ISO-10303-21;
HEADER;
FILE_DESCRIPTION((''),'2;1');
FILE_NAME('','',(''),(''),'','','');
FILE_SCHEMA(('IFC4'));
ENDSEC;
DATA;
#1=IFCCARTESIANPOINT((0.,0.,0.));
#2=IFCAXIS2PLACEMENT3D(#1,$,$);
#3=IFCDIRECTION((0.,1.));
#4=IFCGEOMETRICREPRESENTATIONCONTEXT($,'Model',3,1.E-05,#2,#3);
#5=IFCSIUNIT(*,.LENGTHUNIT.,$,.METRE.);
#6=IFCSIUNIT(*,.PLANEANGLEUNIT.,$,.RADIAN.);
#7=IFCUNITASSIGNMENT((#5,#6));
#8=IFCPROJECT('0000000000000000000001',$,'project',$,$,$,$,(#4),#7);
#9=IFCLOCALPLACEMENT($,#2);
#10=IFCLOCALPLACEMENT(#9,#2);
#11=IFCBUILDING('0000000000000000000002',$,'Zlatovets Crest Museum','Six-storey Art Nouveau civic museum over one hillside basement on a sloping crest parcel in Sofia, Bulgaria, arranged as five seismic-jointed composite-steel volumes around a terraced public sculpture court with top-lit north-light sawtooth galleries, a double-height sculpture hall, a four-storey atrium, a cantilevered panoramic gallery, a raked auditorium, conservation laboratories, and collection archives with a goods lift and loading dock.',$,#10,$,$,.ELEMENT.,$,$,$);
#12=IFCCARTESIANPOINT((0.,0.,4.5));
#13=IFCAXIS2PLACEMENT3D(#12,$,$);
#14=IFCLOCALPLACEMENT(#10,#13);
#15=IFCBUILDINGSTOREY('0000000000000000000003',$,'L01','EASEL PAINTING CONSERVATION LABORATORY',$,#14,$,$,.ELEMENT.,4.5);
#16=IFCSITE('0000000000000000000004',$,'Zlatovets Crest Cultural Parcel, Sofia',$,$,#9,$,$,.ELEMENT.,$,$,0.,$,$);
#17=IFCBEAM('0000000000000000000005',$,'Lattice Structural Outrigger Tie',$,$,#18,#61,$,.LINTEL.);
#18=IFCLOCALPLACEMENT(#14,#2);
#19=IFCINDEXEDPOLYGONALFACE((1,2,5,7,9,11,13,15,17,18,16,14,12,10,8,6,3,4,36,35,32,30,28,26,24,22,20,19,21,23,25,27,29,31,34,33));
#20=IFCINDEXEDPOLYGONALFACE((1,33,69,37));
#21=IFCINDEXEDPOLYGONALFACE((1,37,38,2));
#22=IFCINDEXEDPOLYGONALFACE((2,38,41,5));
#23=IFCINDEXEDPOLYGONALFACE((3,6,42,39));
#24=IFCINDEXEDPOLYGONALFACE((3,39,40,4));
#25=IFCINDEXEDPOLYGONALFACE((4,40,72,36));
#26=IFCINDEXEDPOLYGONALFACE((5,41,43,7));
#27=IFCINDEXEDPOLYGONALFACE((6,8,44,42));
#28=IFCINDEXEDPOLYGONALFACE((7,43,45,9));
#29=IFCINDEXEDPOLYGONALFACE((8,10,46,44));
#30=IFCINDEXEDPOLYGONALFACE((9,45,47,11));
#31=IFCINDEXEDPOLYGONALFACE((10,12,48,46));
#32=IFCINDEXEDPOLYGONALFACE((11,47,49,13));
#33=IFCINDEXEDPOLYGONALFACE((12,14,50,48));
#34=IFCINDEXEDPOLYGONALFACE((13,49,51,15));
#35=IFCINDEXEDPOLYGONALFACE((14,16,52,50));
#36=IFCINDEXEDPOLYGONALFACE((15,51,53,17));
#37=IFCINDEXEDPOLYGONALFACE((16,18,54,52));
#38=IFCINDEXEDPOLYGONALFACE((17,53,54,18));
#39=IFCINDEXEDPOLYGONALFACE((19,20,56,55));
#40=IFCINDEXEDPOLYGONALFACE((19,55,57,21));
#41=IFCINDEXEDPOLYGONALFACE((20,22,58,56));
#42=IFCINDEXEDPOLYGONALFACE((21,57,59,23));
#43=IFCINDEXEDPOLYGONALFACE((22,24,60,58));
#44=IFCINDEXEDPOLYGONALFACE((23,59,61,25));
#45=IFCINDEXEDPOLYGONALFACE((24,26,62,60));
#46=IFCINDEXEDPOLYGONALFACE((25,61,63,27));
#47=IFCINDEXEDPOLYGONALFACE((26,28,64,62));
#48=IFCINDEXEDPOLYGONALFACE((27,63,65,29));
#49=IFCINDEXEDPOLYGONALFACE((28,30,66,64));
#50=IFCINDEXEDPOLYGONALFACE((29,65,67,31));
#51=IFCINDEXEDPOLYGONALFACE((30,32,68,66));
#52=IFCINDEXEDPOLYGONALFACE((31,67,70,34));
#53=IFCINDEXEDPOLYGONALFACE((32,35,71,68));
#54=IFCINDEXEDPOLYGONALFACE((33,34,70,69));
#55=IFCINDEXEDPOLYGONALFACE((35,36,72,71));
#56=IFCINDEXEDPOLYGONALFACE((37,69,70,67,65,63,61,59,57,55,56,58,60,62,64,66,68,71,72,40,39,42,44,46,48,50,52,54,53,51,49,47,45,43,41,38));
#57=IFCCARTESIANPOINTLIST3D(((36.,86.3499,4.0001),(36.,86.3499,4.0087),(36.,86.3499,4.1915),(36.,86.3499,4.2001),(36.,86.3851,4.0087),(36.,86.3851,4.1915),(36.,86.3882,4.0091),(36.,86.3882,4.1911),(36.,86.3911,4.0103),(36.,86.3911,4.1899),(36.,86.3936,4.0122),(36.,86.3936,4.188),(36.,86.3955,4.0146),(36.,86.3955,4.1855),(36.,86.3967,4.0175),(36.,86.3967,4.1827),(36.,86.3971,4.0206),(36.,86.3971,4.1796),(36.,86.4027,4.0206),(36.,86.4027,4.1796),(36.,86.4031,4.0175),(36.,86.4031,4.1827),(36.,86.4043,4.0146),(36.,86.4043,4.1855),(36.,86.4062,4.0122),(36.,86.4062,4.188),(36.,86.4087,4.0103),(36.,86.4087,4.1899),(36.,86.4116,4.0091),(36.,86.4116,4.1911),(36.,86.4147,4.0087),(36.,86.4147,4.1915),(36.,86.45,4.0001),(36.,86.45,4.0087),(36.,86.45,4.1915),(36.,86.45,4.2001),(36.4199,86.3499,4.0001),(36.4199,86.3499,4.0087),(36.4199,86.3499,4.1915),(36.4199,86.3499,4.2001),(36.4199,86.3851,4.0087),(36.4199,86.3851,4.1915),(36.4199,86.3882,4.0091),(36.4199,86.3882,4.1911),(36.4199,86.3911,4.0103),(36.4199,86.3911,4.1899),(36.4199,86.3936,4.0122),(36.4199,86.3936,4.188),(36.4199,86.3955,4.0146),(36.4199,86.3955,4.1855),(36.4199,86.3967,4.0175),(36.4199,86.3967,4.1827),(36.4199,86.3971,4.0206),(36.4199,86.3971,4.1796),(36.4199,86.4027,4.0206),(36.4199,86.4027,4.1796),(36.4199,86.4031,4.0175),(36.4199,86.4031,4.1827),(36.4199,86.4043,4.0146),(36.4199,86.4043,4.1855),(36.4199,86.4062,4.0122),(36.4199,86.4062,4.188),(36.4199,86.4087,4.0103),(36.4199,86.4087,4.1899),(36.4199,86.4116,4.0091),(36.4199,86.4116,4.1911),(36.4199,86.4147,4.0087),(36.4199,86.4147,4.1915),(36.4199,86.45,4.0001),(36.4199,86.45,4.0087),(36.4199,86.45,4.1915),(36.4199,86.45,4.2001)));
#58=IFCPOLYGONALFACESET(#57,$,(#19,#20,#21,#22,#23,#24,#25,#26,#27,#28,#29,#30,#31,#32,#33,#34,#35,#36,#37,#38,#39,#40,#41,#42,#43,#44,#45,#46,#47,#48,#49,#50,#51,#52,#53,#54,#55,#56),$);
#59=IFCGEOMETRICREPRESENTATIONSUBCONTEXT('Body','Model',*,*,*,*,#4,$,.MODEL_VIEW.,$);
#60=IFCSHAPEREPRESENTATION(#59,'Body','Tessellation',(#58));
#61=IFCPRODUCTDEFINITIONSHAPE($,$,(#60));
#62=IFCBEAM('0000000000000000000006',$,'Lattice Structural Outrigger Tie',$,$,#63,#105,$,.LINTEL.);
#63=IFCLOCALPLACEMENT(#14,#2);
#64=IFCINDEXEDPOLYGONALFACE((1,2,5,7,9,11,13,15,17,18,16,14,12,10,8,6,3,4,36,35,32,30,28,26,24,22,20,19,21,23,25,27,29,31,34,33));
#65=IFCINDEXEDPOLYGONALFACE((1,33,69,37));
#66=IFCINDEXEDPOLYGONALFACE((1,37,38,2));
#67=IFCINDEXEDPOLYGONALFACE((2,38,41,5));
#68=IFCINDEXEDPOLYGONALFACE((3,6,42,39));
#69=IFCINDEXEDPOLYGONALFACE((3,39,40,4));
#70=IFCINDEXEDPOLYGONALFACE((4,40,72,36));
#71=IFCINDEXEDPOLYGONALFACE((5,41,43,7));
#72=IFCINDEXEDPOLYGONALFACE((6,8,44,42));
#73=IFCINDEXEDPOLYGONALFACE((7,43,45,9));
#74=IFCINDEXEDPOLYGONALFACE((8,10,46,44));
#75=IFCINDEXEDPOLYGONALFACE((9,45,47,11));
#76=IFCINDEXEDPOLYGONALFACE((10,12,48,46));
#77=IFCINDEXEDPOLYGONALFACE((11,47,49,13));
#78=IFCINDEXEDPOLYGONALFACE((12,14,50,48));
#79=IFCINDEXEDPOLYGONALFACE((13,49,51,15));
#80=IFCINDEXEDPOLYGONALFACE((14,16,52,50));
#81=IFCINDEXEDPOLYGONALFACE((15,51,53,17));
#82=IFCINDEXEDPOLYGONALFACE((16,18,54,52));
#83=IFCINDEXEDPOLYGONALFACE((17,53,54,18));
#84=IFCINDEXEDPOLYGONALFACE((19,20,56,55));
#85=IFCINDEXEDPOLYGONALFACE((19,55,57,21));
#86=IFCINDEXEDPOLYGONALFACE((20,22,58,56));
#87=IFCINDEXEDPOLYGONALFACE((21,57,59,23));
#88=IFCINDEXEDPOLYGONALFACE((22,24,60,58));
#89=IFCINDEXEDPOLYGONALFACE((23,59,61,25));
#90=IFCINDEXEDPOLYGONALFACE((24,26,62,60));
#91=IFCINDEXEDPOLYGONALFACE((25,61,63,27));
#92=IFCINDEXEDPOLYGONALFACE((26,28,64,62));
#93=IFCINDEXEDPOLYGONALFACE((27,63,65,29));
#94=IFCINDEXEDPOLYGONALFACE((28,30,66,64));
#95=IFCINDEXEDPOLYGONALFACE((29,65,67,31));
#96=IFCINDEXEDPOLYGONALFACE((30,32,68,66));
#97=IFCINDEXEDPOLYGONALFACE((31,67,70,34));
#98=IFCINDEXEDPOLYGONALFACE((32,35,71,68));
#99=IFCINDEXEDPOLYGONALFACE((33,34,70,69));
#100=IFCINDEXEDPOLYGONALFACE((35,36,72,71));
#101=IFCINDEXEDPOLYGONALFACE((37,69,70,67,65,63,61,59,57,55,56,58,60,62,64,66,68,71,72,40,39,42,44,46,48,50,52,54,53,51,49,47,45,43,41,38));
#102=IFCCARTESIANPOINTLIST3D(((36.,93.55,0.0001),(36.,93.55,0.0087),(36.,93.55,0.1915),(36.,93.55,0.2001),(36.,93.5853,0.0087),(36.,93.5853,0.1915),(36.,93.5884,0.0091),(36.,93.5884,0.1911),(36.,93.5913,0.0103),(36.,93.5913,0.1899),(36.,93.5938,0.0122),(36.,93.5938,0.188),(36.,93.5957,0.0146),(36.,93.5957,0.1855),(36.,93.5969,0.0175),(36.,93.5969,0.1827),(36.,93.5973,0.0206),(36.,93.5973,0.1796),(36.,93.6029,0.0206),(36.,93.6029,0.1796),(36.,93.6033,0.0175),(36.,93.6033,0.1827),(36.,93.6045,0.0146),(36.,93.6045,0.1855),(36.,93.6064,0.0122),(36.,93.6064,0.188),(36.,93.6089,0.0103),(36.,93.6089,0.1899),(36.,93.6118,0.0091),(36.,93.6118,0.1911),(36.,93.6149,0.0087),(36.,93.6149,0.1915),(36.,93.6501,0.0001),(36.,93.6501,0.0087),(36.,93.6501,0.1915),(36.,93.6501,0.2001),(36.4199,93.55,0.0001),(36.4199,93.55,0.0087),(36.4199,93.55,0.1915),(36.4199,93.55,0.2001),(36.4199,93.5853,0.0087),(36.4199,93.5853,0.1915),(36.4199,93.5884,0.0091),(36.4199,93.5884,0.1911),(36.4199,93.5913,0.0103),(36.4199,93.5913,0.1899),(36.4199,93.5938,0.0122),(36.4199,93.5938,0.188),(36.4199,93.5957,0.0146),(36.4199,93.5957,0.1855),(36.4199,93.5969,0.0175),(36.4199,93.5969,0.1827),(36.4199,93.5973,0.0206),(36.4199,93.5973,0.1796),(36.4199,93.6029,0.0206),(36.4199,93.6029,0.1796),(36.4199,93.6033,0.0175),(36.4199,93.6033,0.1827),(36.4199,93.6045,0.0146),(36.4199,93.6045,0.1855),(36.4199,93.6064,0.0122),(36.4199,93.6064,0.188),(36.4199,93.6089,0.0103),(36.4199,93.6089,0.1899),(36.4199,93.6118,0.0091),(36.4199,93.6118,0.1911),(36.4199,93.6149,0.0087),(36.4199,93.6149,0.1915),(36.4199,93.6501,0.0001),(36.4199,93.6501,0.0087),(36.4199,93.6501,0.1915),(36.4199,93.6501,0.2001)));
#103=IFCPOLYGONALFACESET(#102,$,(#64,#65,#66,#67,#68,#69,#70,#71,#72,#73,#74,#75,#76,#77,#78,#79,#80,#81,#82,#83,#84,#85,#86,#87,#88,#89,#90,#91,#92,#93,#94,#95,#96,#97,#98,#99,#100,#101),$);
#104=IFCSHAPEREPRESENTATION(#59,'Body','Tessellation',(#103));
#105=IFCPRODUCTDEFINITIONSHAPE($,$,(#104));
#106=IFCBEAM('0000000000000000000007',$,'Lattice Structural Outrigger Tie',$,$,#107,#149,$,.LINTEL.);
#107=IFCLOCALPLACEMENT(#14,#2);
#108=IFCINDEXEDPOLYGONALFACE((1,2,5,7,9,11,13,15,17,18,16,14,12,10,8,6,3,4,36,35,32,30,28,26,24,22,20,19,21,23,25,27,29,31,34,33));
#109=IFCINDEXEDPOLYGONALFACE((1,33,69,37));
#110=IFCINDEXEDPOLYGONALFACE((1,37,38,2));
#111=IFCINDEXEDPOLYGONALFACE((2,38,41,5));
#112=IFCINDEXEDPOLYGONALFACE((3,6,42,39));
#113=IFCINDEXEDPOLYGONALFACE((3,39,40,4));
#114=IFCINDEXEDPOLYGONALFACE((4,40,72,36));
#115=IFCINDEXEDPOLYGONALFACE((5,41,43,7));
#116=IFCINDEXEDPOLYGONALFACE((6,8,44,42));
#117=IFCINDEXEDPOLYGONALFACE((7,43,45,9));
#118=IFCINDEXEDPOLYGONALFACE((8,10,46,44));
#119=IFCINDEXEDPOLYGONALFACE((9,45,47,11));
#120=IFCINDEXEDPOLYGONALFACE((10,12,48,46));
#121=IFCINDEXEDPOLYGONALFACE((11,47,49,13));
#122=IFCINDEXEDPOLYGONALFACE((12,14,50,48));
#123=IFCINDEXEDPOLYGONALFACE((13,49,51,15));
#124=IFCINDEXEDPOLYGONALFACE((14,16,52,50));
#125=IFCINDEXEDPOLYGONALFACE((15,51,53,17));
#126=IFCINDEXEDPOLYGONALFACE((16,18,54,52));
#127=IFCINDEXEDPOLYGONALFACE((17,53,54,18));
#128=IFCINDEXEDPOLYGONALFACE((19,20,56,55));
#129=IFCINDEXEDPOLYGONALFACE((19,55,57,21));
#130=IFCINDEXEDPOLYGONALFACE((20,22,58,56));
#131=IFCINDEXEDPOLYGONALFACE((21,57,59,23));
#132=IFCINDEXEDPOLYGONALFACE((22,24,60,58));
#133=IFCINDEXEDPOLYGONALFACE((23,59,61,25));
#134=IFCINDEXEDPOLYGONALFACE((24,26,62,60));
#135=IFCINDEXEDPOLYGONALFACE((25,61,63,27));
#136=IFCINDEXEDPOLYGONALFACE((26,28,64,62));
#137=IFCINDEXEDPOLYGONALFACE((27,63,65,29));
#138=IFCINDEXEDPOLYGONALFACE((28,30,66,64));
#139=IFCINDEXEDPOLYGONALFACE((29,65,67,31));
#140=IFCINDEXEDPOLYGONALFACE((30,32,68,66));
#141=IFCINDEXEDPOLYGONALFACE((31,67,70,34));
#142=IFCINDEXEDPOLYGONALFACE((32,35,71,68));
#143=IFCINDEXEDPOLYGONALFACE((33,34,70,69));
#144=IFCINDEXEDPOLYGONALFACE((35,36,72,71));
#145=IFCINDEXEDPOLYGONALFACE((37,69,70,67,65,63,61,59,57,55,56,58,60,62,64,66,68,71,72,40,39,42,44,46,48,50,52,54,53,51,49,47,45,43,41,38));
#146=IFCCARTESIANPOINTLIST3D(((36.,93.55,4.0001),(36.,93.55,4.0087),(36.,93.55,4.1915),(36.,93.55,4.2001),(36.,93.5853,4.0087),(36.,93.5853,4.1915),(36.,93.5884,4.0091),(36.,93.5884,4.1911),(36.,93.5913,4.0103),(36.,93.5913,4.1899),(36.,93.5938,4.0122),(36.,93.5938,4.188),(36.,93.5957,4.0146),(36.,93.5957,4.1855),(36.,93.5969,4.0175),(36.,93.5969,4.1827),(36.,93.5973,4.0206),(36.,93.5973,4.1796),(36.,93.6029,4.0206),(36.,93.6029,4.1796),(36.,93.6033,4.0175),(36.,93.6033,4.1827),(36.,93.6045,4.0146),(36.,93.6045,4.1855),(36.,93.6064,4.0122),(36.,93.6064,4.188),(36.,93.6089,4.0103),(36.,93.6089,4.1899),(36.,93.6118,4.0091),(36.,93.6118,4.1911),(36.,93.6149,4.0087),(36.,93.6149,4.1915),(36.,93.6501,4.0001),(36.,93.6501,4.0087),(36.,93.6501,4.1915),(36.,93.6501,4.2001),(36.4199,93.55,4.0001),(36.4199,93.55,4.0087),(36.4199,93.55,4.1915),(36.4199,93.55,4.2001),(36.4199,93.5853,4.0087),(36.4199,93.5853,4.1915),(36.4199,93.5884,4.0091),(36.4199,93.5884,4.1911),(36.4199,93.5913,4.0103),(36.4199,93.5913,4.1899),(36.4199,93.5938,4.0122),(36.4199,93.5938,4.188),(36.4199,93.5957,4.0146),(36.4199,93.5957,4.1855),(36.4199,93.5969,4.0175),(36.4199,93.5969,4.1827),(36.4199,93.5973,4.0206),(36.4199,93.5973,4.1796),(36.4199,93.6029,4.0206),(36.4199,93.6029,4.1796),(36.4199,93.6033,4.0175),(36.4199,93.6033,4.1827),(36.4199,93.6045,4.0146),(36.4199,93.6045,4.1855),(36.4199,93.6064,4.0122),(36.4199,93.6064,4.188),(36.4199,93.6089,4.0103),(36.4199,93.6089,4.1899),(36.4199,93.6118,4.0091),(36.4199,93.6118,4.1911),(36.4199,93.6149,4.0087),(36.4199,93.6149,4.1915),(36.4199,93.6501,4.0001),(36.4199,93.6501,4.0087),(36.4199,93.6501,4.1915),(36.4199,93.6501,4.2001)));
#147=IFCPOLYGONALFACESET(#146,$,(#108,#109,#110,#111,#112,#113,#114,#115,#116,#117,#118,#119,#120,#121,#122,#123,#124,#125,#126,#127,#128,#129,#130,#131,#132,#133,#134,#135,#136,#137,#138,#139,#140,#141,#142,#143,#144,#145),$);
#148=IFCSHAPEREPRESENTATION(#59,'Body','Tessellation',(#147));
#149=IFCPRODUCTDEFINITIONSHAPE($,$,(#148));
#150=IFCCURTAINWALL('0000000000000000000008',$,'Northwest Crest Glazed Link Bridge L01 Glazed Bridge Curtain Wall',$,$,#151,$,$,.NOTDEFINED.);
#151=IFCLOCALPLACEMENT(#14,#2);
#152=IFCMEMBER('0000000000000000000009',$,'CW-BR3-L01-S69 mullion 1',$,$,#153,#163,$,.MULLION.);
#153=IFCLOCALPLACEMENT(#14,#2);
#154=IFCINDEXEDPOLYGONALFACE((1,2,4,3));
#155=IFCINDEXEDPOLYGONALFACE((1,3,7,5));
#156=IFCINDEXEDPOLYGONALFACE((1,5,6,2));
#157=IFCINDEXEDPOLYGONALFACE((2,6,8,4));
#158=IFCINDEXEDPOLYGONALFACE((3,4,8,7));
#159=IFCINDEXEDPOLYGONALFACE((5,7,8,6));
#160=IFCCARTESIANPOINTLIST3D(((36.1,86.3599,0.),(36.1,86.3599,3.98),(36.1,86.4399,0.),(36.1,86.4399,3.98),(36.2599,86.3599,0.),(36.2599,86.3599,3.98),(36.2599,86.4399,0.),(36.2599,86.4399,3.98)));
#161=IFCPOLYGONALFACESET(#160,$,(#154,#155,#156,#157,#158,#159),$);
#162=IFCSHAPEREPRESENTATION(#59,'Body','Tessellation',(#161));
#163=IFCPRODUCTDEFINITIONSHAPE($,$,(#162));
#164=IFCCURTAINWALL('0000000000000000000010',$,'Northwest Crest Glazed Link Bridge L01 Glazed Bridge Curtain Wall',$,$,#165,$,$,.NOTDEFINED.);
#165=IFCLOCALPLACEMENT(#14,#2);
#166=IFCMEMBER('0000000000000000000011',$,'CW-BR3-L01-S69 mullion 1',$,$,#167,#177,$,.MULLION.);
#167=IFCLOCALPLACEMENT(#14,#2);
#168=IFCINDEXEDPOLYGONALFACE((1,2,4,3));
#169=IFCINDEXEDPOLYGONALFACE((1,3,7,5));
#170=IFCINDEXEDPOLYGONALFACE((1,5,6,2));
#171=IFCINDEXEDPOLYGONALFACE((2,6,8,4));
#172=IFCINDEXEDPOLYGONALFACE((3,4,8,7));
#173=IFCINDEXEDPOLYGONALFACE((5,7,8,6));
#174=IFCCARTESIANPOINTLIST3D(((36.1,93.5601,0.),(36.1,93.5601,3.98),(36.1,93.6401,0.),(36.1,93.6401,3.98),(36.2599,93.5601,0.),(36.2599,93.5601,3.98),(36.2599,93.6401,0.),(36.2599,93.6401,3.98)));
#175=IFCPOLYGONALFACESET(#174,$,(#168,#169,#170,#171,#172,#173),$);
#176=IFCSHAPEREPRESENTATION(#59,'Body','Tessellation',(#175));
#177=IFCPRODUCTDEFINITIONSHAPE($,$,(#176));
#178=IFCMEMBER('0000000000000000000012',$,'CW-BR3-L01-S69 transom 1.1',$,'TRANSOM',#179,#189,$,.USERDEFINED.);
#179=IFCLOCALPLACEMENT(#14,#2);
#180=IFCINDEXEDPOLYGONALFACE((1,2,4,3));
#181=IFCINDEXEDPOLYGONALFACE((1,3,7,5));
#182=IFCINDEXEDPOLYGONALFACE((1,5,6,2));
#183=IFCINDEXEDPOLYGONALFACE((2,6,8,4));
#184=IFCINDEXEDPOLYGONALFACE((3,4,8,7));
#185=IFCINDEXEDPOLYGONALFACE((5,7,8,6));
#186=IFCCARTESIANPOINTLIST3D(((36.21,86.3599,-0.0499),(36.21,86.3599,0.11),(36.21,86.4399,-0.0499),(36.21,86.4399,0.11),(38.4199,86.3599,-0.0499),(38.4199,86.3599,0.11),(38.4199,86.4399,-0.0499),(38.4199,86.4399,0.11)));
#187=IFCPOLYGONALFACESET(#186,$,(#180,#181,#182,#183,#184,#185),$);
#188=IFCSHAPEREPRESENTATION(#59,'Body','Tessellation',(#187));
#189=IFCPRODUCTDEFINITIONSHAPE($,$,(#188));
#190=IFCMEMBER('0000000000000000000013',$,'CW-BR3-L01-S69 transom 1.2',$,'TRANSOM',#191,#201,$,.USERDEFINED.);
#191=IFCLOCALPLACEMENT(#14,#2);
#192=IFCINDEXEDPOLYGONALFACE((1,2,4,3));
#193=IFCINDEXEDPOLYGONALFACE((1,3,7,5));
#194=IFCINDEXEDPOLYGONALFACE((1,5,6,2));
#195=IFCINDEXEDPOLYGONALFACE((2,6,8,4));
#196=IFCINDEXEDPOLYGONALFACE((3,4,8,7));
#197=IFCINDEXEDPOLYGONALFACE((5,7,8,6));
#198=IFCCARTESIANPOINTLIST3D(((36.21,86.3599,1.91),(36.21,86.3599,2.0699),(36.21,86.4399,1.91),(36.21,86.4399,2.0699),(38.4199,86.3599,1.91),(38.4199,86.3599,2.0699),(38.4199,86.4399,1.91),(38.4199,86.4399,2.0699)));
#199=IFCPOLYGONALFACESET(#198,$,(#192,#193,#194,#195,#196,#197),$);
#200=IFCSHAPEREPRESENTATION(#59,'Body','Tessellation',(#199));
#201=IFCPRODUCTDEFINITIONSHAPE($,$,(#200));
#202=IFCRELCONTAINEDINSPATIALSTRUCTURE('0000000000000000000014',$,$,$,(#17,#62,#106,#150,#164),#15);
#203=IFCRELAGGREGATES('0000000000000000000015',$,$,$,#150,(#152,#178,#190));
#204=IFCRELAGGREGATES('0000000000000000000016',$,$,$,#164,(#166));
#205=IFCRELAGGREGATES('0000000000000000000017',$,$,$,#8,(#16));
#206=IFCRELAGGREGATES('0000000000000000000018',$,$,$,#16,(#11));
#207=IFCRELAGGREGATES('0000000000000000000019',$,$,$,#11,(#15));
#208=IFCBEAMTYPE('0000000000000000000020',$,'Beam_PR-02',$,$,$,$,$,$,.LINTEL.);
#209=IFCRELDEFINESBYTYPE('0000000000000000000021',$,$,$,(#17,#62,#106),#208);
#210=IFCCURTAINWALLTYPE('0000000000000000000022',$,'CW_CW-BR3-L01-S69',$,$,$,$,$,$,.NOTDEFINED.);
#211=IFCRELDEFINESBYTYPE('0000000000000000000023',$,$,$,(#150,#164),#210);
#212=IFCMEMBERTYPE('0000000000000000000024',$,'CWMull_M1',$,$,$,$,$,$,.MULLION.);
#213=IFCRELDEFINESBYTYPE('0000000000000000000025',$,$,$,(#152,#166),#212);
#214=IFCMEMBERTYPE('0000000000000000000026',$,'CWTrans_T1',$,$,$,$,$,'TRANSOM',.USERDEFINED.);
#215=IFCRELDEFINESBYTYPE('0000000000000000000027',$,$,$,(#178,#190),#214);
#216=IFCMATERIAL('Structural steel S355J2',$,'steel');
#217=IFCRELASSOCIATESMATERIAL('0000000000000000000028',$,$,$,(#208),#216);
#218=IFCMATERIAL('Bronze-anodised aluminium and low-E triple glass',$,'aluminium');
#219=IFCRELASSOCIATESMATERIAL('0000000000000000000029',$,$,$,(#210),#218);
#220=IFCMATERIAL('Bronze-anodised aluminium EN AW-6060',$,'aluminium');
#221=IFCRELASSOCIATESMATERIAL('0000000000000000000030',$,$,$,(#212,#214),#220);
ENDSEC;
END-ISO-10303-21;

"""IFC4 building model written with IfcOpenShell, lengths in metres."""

from ifc_helpers import new_model, si_unit, direction, frame, origin, origin_2d, place, context, subcontext, project, spatial, rectangle, i_section, extrude, material, material_profile, profile_set, type_object, element, aggregate, save


model = new_model("IFC4")

# Units and contexts
model_context = context("Model", 3, precision=1e-05, world=origin(), true_north=direction((0.0, 1.0)))
body_context = subcontext(model_context, "Body", "Model", "MODEL_VIEW")
ifc_project = project(units=[si_unit("LENGTHUNIT", "METRE"), si_unit("PLANEANGLEUNIT", "RADIAN")], contexts=[model_context])

# Site, building, storey
site_placement = place(None, origin())
site = spatial("IfcSite", under=ifc_project, at=site_placement, Name="Zlatovets Crest Cultural Parcel, Sofia", CompositionType="ELEMENT", RefElevation=0.0)
building_placement = place(site_placement, origin())
building = spatial("IfcBuilding", under=site, at=building_placement, Name="Zlatovets Crest Museum", Description="Six-storey Art Nouveau civic museum over one hillside basement on a sloping crest parcel in Sofia, Bulgaria, arranged as five seismic-jointed composite-steel volumes around a terraced public sculpture court with top-lit north-light sawtooth galleries, a double-height sculpture hall, a four-storey atrium, a cantilevered panoramic gallery, a raked auditorium, conservation laboratories, and collection archives with a goods lift and loading dock.", CompositionType="ELEMENT")
storey_placement = place(building_placement, frame((0.0, 0.0, 4.5)))
storey = spatial("IfcBuildingStorey", under=building, at=storey_placement, Name="L01", Description="EASEL PAINTING CONSERVATION LABORATORY", CompositionType="ELEMENT", Elevation=4.5)

# Shared definitions
ifc_material_1 = material(Name="Structural steel S355J2", Category="steel")

# Beams
ifc_material_profile_1 = material_profile(ifc_material_1, i_section(OverallWidth=0.1001, OverallDepth=0.2, WebThickness=0.0056, FlangeThickness=0.0085, FilletRadius=0.012, at=origin_2d()), Name="IPE 200")
ifc_profile_set_1 = profile_set([ifc_material_profile_1], Name="Structural steel S355J2")
beam_type_1 = type_object("IfcBeamType", Name="Beam_PR-02", PredefinedType="LINTEL", material=ifc_profile_set_1)
for number, where, z_axis, x_axis, name in (
    (1, (36.0, 86.3999, 4.1001), (1.0, 0.0, 0.0), (0.0, 1.0, 0.0), "Lattice Structural Outrigger Tie"),
    (2, (36.0, 93.6001, 0.1001), (1.0, 0.0, 0.0), (0.0, 1.0, 0.0), "Lattice Structural Outrigger Tie"),
    (3, (36.0, 93.6001, 4.1001), (1.0, 0.0, 0.0), (0.0, 1.0, 0.0), "Lattice Structural Outrigger Tie"),
):
    element("IfcBeam", number, at=place(storey_placement, frame(where, z_axis=z_axis, x_axis=x_axis)), inside=storey, type_object=beam_type_1, Name=name, PredefinedType="LINTEL", context=body_context, shape_type="SweptSolid", body=[
        extrude(i_section(OverallWidth=0.1001, OverallDepth=0.2, WebThickness=0.0056, FlangeThickness=0.0085, FilletRadius=0.012, at=origin_2d()), origin(), (0.0, 0.0, 1.0), 0.4199),
    ])

# Curtain walls, members
ifc_material_2 = material(Name="Bronze-anodised aluminium and low-E triple glass", Category="aluminium")
curtain_wall_type = type_object("IfcCurtainWallType", Name="CW_CW-BR3-L01-S69", PredefinedType="NOTDEFINED", material=ifc_material_2)
curtain_wall_1_placement = place(storey_placement, origin())
curtain_wall_1 = element("IfcCurtainWall", 4, at=curtain_wall_1_placement, inside=storey, type_object=curtain_wall_type, Name="Northwest Crest Glazed Link Bridge L01 Glazed Bridge Curtain Wall", PredefinedType="NOTDEFINED")
ifc_material_3 = material(Name="Bronze-anodised aluminium EN AW-6060", Category="aluminium")
ifc_material_profile_2 = material_profile(ifc_material_3, rectangle(XDim=0.0801, YDim=0.1599, at=origin_2d()), Name="ALU 80x160")
ifc_profile_set_2 = profile_set([ifc_material_profile_2], Name="Bronze-anodised aluminium EN AW-6060")
member_type_1 = type_object("IfcMemberType", Name="CWMull_M1", PredefinedType="MULLION", material=ifc_profile_set_2)
member_1_placement = place(storey_placement, frame((36.1799, 86.3999, 0.0), z_axis=(0.0, 0.0, 1.0), x_axis=(0.0, 1.0, 0.0)))
member_1 = element("IfcMember", 5, at=member_1_placement, type_object=member_type_1, Name="CW-BR3-L01-S69 mullion 1", PredefinedType="MULLION", context=body_context, shape_type="SweptSolid", body=[
    extrude(rectangle(XDim=0.0801, YDim=0.1599, at=origin_2d()), origin(), (0.0, 0.0, 1.0), 3.98),
])
curtain_wall_2_placement = place(storey_placement, origin())
curtain_wall_2 = element("IfcCurtainWall", 6, at=curtain_wall_2_placement, inside=storey, type_object=curtain_wall_type, Name="Northwest Crest Glazed Link Bridge L01 Glazed Bridge Curtain Wall", PredefinedType="NOTDEFINED")
member_2_placement = place(storey_placement, frame((36.1799, 93.6001, 0.0), z_axis=(0.0, 0.0, 1.0), x_axis=(0.0, 1.0, 0.0)))
member_2 = element("IfcMember", 7, at=member_2_placement, type_object=member_type_1, Name="CW-BR3-L01-S69 mullion 1", PredefinedType="MULLION", context=body_context, shape_type="SweptSolid", body=[
    extrude(rectangle(XDim=0.0801, YDim=0.1599, at=origin_2d()), origin(), (0.0, 0.0, 1.0), 3.98),
])

# Members
ifc_material_profile_3 = material_profile(ifc_material_3, rectangle(XDim=0.0801, YDim=0.1599, at=origin_2d()), Name="ALU 80x160")
ifc_profile_set_3 = profile_set([ifc_material_profile_3], Name="Bronze-anodised aluminium EN AW-6060")
member_type_2 = type_object("IfcMemberType", Name="CWTrans_T1", ElementType="TRANSOM", PredefinedType="USERDEFINED", material=ifc_profile_set_3)
member_3_placement = place(storey_placement, frame((36.21, 86.3999, 0.03), z_axis=(1.0, 0.0, 0.0), x_axis=(0.0, 1.0, 0.0)))
member_3 = element("IfcMember", 8, at=member_3_placement, type_object=member_type_2, Name="CW-BR3-L01-S69 transom 1.1", ObjectType="TRANSOM", PredefinedType="USERDEFINED", context=body_context, shape_type="SweptSolid", body=[
    extrude(rectangle(XDim=0.0801, YDim=0.1599, at=origin_2d()), origin(), (0.0, 0.0, 1.0), 2.21),
])
member_4_placement = place(storey_placement, frame((36.21, 86.3999, 1.99), z_axis=(1.0, 0.0, 0.0), x_axis=(0.0, 1.0, 0.0)))
member_4 = element("IfcMember", 9, at=member_4_placement, type_object=member_type_2, Name="CW-BR3-L01-S69 transom 1.2", ObjectType="TRANSOM", PredefinedType="USERDEFINED", context=body_context, shape_type="SweptSolid", body=[
    extrude(rectangle(XDim=0.0801, YDim=0.1599, at=origin_2d()), origin(), (0.0, 0.0, 1.0), 2.21),
])
aggregate(curtain_wall_1, [member_1, member_3, member_4])
aggregate(curtain_wall_2, [member_2])

save(model, "model.ifc")
